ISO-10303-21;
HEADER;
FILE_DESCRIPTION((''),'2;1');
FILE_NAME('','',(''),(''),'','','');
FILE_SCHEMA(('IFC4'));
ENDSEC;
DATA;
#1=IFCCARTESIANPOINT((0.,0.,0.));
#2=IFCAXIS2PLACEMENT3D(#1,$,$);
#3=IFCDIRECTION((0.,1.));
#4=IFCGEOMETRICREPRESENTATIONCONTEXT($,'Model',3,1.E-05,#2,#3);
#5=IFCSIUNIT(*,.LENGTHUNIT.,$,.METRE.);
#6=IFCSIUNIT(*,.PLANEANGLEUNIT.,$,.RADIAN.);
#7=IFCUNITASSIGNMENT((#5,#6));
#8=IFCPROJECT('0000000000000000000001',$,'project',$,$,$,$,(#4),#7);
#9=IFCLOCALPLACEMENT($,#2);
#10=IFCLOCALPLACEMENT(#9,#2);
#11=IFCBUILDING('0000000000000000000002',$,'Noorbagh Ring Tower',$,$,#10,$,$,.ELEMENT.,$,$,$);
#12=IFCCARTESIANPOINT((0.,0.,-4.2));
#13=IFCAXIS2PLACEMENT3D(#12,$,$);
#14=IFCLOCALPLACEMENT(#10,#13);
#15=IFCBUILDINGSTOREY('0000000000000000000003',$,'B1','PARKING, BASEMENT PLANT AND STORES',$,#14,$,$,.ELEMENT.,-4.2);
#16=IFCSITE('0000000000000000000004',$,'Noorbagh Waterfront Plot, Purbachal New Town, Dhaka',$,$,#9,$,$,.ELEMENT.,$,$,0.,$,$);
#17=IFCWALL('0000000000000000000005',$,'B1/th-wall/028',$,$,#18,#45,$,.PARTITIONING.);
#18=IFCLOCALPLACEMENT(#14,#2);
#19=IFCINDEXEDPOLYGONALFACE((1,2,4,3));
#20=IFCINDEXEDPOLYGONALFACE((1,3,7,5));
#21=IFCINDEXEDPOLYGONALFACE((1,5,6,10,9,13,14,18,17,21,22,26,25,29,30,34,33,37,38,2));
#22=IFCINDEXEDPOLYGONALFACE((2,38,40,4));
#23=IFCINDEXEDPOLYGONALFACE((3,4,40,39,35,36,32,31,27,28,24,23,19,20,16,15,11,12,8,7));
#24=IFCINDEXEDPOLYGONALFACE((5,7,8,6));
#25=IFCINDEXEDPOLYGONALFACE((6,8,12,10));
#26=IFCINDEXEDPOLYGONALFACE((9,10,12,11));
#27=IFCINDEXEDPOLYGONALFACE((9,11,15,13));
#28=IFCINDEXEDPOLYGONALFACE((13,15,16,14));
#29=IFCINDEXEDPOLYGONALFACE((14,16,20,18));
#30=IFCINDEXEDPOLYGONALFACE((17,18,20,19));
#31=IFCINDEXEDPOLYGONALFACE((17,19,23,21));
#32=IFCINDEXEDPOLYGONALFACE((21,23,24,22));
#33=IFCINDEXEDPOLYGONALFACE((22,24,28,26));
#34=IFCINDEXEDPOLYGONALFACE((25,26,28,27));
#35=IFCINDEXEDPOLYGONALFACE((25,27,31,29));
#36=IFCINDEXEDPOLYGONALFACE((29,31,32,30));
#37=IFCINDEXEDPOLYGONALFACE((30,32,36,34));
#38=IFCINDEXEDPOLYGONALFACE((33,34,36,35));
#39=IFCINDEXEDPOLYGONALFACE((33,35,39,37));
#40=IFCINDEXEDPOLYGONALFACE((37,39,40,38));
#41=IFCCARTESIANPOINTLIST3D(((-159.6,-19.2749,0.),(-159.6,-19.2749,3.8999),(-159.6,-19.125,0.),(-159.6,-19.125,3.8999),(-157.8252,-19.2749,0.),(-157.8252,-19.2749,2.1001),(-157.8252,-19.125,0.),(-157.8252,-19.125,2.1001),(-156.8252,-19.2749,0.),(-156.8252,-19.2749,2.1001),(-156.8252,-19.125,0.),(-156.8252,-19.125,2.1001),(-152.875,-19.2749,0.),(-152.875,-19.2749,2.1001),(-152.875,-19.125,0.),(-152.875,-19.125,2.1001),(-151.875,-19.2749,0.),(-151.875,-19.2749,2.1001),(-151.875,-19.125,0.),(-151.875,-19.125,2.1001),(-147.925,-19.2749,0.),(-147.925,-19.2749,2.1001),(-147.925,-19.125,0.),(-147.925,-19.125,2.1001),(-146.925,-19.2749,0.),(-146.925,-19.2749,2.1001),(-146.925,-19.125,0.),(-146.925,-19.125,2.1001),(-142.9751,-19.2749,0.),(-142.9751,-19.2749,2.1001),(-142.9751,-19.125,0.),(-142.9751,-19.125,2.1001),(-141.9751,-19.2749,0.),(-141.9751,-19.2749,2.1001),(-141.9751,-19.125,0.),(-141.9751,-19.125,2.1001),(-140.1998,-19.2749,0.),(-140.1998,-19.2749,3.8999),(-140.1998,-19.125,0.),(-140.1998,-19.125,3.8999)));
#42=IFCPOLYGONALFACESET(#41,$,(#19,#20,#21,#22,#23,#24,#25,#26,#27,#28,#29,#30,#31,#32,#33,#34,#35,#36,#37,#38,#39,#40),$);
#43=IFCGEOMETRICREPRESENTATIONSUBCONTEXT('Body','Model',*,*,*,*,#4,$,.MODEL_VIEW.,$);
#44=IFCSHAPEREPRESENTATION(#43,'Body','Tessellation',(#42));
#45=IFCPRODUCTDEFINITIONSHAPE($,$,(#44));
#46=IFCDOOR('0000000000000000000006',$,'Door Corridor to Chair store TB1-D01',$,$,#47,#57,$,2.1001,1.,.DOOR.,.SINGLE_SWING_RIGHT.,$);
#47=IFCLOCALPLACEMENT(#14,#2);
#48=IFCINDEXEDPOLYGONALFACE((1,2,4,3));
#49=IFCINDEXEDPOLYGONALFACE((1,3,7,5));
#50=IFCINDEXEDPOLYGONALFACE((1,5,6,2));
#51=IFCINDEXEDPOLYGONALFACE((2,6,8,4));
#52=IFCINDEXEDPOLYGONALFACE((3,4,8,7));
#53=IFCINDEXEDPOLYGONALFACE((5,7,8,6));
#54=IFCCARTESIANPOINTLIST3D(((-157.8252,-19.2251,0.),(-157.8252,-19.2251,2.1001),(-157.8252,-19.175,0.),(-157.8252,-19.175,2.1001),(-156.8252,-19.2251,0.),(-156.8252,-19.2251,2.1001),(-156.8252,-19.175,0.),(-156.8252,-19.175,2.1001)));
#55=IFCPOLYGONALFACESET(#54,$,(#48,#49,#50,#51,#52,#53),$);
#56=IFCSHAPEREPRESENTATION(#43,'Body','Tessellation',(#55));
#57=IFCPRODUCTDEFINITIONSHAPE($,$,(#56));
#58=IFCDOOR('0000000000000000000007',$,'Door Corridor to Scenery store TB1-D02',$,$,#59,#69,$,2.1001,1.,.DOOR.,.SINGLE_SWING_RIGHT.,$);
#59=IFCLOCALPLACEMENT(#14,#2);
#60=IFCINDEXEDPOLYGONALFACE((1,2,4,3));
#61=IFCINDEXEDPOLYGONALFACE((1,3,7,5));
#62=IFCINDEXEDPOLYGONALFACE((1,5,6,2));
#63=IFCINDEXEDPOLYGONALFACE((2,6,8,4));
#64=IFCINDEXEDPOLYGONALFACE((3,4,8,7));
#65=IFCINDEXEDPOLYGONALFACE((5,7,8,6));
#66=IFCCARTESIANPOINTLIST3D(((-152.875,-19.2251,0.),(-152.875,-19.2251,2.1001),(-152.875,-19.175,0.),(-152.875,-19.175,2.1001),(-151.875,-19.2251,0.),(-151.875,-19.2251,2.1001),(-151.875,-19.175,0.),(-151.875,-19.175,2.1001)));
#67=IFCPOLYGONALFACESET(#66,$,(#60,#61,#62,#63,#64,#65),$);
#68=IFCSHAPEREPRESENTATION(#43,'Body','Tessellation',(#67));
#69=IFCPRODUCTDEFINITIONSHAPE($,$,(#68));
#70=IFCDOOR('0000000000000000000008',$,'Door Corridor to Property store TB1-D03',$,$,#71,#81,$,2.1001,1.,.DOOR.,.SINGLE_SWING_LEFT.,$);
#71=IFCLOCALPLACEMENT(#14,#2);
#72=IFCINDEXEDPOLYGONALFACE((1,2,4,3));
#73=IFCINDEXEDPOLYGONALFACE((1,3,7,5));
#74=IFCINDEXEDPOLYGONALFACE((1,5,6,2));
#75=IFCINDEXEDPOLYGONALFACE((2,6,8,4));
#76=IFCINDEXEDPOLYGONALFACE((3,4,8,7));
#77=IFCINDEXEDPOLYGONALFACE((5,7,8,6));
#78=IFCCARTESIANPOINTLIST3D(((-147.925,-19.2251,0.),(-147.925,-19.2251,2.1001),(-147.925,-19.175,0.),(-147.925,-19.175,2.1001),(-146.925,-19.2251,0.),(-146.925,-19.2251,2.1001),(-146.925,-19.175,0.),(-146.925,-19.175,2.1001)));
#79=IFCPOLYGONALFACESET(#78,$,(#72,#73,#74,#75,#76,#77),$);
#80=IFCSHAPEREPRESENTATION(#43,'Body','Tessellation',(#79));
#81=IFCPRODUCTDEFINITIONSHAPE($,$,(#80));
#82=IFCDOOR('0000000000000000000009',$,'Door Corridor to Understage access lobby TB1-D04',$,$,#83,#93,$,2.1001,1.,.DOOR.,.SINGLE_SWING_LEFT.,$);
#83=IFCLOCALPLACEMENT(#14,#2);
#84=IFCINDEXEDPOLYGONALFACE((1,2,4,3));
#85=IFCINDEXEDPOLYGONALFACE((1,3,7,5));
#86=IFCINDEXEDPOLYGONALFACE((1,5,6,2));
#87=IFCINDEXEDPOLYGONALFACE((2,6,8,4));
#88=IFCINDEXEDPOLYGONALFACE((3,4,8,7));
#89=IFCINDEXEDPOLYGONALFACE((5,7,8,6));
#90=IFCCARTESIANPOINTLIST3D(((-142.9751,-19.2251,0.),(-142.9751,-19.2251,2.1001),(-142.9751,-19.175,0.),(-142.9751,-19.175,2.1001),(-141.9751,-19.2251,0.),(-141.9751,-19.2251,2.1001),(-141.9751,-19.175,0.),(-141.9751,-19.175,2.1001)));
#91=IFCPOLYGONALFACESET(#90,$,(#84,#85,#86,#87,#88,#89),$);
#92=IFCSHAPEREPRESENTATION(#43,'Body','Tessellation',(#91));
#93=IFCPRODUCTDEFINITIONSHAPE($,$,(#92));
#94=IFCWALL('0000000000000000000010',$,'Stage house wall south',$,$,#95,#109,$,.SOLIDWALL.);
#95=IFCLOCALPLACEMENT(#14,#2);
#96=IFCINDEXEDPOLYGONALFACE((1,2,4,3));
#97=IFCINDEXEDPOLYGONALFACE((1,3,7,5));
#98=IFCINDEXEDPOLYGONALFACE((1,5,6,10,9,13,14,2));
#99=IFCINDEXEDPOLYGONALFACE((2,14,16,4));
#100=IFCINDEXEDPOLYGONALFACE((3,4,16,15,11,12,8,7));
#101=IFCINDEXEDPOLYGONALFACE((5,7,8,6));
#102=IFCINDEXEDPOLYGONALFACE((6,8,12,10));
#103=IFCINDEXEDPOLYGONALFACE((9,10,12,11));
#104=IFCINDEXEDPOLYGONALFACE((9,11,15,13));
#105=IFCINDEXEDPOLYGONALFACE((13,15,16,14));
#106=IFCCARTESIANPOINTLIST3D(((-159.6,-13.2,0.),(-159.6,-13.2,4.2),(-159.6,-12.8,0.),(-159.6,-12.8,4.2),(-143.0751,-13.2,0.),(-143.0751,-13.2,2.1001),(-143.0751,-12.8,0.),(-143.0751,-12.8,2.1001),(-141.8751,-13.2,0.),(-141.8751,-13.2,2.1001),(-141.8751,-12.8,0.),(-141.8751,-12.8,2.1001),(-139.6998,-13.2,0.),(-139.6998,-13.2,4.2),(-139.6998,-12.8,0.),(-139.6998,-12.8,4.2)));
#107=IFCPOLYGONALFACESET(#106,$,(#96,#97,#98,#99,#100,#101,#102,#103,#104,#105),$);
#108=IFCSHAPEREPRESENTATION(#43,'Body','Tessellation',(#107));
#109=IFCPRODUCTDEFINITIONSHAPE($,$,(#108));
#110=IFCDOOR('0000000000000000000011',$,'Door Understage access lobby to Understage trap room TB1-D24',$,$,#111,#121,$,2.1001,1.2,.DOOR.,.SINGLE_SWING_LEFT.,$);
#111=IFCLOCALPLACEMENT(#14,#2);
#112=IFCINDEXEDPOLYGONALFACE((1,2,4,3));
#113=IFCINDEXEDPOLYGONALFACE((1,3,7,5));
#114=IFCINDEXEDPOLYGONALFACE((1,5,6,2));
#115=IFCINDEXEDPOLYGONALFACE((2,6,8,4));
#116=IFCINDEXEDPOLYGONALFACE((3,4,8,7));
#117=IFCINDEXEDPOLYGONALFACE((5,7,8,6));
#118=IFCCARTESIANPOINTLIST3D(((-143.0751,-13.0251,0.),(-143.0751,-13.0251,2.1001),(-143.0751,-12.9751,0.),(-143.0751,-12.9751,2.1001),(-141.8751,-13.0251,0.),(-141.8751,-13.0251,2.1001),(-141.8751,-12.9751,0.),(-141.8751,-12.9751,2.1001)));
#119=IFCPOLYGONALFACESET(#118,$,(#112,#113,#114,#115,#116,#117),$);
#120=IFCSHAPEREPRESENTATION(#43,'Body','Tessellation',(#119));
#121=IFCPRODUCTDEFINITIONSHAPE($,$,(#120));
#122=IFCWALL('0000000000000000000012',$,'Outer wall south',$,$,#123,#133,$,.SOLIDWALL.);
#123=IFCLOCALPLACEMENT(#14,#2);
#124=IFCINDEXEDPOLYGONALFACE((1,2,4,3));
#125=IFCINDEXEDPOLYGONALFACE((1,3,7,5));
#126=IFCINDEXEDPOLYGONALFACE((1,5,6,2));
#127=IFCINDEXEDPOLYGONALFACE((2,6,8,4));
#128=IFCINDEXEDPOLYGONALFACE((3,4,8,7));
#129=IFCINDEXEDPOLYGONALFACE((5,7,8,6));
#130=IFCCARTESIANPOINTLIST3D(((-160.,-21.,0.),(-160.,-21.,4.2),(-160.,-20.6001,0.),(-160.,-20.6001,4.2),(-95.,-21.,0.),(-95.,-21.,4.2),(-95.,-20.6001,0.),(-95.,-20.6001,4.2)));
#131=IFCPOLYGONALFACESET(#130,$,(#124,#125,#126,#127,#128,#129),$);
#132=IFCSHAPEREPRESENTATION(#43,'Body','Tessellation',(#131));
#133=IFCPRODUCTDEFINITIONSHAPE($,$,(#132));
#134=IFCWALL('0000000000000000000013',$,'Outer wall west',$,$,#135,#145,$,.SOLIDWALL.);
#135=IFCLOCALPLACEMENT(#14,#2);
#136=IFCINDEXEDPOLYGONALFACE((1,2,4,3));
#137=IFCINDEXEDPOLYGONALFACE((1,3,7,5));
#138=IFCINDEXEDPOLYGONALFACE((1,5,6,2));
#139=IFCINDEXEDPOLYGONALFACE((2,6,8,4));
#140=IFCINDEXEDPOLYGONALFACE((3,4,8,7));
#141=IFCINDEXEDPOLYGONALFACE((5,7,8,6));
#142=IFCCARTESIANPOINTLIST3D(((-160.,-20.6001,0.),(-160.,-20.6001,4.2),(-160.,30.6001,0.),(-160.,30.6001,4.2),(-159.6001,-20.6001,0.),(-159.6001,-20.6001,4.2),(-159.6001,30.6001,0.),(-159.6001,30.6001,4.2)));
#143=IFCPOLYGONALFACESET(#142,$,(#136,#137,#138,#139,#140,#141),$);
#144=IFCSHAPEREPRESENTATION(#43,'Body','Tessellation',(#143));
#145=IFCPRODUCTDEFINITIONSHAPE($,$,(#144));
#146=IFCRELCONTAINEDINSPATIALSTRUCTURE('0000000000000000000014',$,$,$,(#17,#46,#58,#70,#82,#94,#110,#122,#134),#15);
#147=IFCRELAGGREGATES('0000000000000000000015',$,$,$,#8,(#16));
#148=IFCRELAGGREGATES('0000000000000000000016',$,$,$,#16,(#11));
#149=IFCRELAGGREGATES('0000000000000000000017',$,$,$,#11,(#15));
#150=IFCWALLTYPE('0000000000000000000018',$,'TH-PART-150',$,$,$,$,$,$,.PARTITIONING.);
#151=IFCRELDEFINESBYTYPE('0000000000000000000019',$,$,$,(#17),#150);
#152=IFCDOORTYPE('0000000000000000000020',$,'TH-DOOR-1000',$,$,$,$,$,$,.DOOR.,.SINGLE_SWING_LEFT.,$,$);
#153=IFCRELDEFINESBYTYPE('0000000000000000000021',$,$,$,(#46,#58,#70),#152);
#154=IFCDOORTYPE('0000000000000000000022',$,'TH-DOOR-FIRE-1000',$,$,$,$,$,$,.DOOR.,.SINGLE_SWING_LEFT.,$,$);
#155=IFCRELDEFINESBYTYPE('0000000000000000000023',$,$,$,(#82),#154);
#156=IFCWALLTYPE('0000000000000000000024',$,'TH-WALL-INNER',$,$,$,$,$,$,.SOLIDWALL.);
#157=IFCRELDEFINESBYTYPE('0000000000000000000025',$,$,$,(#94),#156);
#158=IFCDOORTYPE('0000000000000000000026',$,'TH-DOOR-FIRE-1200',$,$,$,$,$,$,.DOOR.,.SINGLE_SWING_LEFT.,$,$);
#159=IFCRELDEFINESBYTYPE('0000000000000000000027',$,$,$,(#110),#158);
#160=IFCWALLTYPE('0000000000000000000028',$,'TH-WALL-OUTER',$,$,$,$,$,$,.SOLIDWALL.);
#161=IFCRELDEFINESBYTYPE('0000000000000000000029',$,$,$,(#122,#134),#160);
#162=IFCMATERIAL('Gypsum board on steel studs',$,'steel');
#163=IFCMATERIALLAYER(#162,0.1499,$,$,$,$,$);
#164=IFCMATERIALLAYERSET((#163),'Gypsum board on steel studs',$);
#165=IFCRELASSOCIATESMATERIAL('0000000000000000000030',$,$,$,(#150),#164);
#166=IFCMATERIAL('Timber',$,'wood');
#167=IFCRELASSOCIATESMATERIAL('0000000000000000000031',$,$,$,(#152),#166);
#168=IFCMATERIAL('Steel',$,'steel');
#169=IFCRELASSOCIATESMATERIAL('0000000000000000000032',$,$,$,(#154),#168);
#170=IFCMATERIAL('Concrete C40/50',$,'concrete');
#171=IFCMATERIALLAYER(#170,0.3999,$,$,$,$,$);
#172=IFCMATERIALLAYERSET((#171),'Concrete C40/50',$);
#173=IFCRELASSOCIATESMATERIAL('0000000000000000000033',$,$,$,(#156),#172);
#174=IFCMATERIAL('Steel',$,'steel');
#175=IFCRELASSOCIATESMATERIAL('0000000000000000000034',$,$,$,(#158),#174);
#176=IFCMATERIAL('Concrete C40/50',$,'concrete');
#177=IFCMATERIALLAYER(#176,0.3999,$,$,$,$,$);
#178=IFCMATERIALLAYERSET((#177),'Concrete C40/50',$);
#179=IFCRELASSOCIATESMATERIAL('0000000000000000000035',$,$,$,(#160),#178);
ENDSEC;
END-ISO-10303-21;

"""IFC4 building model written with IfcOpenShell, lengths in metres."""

from ifc_helpers import new_model, si_unit, direction, frame, frame_2d, origin, place, context, subcontext, project, spatial, rectangle, extrude, material, layer, layer_set, type_object, element, fill, save


model = new_model("IFC4")

# Units and contexts
model_context = context("Model", 3, precision=1e-05, world=origin(), true_north=direction((0.0, 1.0)))
body_context = subcontext(model_context, "Body", "Model", "MODEL_VIEW")
ifc_project = project(units=[si_unit("LENGTHUNIT", "METRE"), si_unit("PLANEANGLEUNIT", "RADIAN")], contexts=[model_context])

# Site, building, storey
site_placement = place(None, origin())
site = spatial("IfcSite", under=ifc_project, at=site_placement, Name="Noorbagh Waterfront Plot, Purbachal New Town, Dhaka", CompositionType="ELEMENT", RefElevation=0.0)
building_placement = place(site_placement, origin())
building = spatial("IfcBuilding", under=site, at=building_placement, Name="Noorbagh Ring Tower", CompositionType="ELEMENT")
storey_placement = place(building_placement, frame((0.0, 0.0, -4.2)))
storey = spatial("IfcBuildingStorey", under=building, at=storey_placement, Name="B1", Description="PARKING, BASEMENT PLANT AND STORES", CompositionType="ELEMENT", Elevation=-4.2)

# Wall, openings, doors
ifc_material_1 = material(Name="Gypsum board on steel studs", Category="steel")
ifc_layer_1 = layer(ifc_material_1, 0.1499)
ifc_layer_set_1 = layer_set([ifc_layer_1], Name="Gypsum board on steel studs")
wall_type_1 = type_object("IfcWallType", Name="TH-PART-150", PredefinedType="PARTITIONING", material=ifc_layer_set_1)
wall_1_placement = place(storey_placement, frame((-159.6001, -19.2, 0.0), z_axis=(0.0, 0.0, 1.0), x_axis=(1.0, 0.0, 0.0)))
wall_1 = element("IfcWall", 1, at=wall_1_placement, inside=storey, type_object=wall_type_1, Name="B1/th-wall/028", PredefinedType="PARTITIONING", context=body_context, shape_type="SweptSolid", body=[
    extrude(rectangle(XDim=19.4001, YDim=0.1499, at=frame_2d((9.7002, 0.0))), origin(), (0.0, 0.0, 1.0), 3.8999),
])
opening_1_placement = place(wall_1_placement, frame((1.7749, 0.0, 0.0)))
opening_1 = element("IfcOpeningElement", 2, at=opening_1_placement, cuts=wall_1, PredefinedType="OPENING", context=body_context, shape_type="SweptSolid", body=[
    extrude(rectangle(XDim=1.0, YDim=2.1001, at=frame_2d((0.5, 1.05))), frame((0.0, 0.085, 0.0), z_axis=(0.0, -1.0, 0.0), x_axis=(1.0, 0.0, 0.0)), (0.0, 0.0, 1.0), 0.1699),
])
opening_2_placement = place(wall_1_placement, frame((6.7251, 0.0, 0.0)))
opening_2 = element("IfcOpeningElement", 3, at=opening_2_placement, cuts=wall_1, PredefinedType="OPENING", context=body_context, shape_type="SweptSolid", body=[
    extrude(rectangle(XDim=1.0, YDim=2.1001, at=frame_2d((0.5, 1.05))), frame((0.0, 0.085, 0.0), z_axis=(0.0, -1.0, 0.0), x_axis=(1.0, 0.0, 0.0)), (0.0, 0.0, 1.0), 0.1699),
])
opening_3_placement = place(wall_1_placement, frame((11.675, 0.0, 0.0)))
opening_3 = element("IfcOpeningElement", 4, at=opening_3_placement, cuts=wall_1, PredefinedType="OPENING", context=body_context, shape_type="SweptSolid", body=[
    extrude(rectangle(XDim=1.0, YDim=2.1001, at=frame_2d((0.5, 1.05))), frame((0.0, 0.085, 0.0), z_axis=(0.0, -1.0, 0.0), x_axis=(1.0, 0.0, 0.0)), (0.0, 0.0, 1.0), 0.1699),
])
opening_4_placement = place(wall_1_placement, frame((16.625, 0.0, 0.0)))
opening_4 = element("IfcOpeningElement", 5, at=opening_4_placement, cuts=wall_1, PredefinedType="OPENING", context=body_context, shape_type="SweptSolid", body=[
    extrude(rectangle(XDim=1.0, YDim=2.1001, at=frame_2d((0.5, 1.05))), frame((0.0, 0.085, 0.0), z_axis=(0.0, -1.0, 0.0), x_axis=(1.0, 0.0, 0.0)), (0.0, 0.0, 1.0), 0.1699),
])
ifc_material_2 = material(Name="Timber", Category="wood")
door_type_1 = type_object("IfcDoorType", Name="TH-DOOR-1000", OperationType="SINGLE_SWING_LEFT", PredefinedType="DOOR", material=ifc_material_2)
door_1_placement = place(opening_1_placement, origin())
door_1 = element("IfcDoor", 6, at=door_1_placement, inside=storey, type_object=door_type_1, Name="Door Corridor to Chair store TB1-D01", OperationType="SINGLE_SWING_RIGHT", OverallHeight=2.1001, OverallWidth=1.0, PredefinedType="DOOR", context=body_context, shape_type="SweptSolid", body=[
    extrude(rectangle(XDim=1.0, YDim=2.1001, at=frame_2d((0.5, 1.05))), frame((0.0, 0.0249, 0.0), z_axis=(0.0, -1.0, 0.0), x_axis=(1.0, 0.0, 0.0)), (0.0, 0.0, 1.0), 0.05),
])
fill(opening_1, door_1)
door_2_placement = place(opening_2_placement, origin())
door_2 = element("IfcDoor", 7, at=door_2_placement, inside=storey, type_object=door_type_1, Name="Door Corridor to Scenery store TB1-D02", OperationType="SINGLE_SWING_RIGHT", OverallHeight=2.1001, OverallWidth=1.0, PredefinedType="DOOR", context=body_context, shape_type="SweptSolid", body=[
    extrude(rectangle(XDim=1.0, YDim=2.1001, at=frame_2d((0.5, 1.05))), frame((0.0, 0.0249, 0.0), z_axis=(0.0, -1.0, 0.0), x_axis=(1.0, 0.0, 0.0)), (0.0, 0.0, 1.0), 0.05),
])
fill(opening_2, door_2)
door_3_placement = place(opening_3_placement, origin())
door_3 = element("IfcDoor", 8, at=door_3_placement, inside=storey, type_object=door_type_1, Name="Door Corridor to Property store TB1-D03", OperationType="SINGLE_SWING_LEFT", OverallHeight=2.1001, OverallWidth=1.0, PredefinedType="DOOR", context=body_context, shape_type="SweptSolid", body=[
    extrude(rectangle(XDim=1.0, YDim=2.1001, at=frame_2d((0.5, 1.05))), frame((0.0, 0.0249, 0.0), z_axis=(0.0, -1.0, 0.0), x_axis=(1.0, 0.0, 0.0)), (0.0, 0.0, 1.0), 0.05),
])
fill(opening_3, door_3)
ifc_material_3 = material(Name="Steel", Category="steel")
door_type_2 = type_object("IfcDoorType", Name="TH-DOOR-FIRE-1000", OperationType="SINGLE_SWING_LEFT", PredefinedType="DOOR", material=ifc_material_3)
door_4_placement = place(opening_4_placement, origin())
door_4 = element("IfcDoor", 9, at=door_4_placement, inside=storey, type_object=door_type_2, Name="Door Corridor to Understage access lobby TB1-D04", OperationType="SINGLE_SWING_LEFT", OverallHeight=2.1001, OverallWidth=1.0, PredefinedType="DOOR", context=body_context, shape_type="SweptSolid", body=[
    extrude(rectangle(XDim=1.0, YDim=2.1001, at=frame_2d((0.5, 1.05))), frame((0.0, 0.0249, 0.0), z_axis=(0.0, -1.0, 0.0), x_axis=(1.0, 0.0, 0.0)), (0.0, 0.0, 1.0), 0.05),
])
fill(opening_4, door_4)

# Wall, opening, door
ifc_material_4 = material(Name="Concrete C40/50", Category="concrete")
ifc_layer_2 = layer(ifc_material_4, 0.3999)
ifc_layer_set_2 = layer_set([ifc_layer_2], Name="Concrete C40/50")
wall_type_2 = type_object("IfcWallType", Name="TH-WALL-INNER", PredefinedType="SOLIDWALL", material=ifc_layer_set_2)
wall_2_placement = place(storey_placement, frame((-159.6001, -13.0, 0.0), z_axis=(0.0, 0.0, 1.0), x_axis=(1.0, 0.0, 0.0)))
wall_2 = element("IfcWall", 10, at=wall_2_placement, inside=storey, type_object=wall_type_2, Name="Stage house wall south", PredefinedType="SOLIDWALL", context=body_context, shape_type="SweptSolid", body=[
    extrude(rectangle(XDim=19.9001, YDim=0.3999, at=frame_2d((9.9502, 0.0))), origin(), (0.0, 0.0, 1.0), 4.2),
])
opening_5_placement = place(wall_2_placement, frame((16.5249, 0.0, 0.0)))
opening_5 = element("IfcOpeningElement", 11, at=opening_5_placement, cuts=wall_2, PredefinedType="OPENING", context=body_context, shape_type="SweptSolid", body=[
    extrude(rectangle(XDim=1.2, YDim=2.1001, at=frame_2d((0.6001, 1.05))), frame((0.0, 0.21, 0.0), z_axis=(0.0, -1.0, 0.0), x_axis=(1.0, 0.0, 0.0)), (0.0, 0.0, 1.0), 0.4199),
])
ifc_material_5 = material(Name="Steel", Category="steel")
door_type_3 = type_object("IfcDoorType", Name="TH-DOOR-FIRE-1200", OperationType="SINGLE_SWING_LEFT", PredefinedType="DOOR", material=ifc_material_5)
door_5_placement = place(opening_5_placement, origin())
door_5 = element("IfcDoor", 12, at=door_5_placement, inside=storey, type_object=door_type_3, Name="Door Understage access lobby to Understage trap room TB1-D24", OperationType="SINGLE_SWING_LEFT", OverallHeight=2.1001, OverallWidth=1.2, PredefinedType="DOOR", context=body_context, shape_type="SweptSolid", body=[
    extrude(rectangle(XDim=1.2, YDim=2.1001, at=frame_2d((0.6001, 1.05))), frame((0.0, 0.0249, 0.0), z_axis=(0.0, -1.0, 0.0), x_axis=(1.0, 0.0, 0.0)), (0.0, 0.0, 1.0), 0.05),
])
fill(opening_5, door_5)

# Walls
ifc_material_6 = material(Name="Concrete C40/50", Category="concrete")
ifc_layer_3 = layer(ifc_material_6, 0.3999)
ifc_layer_set_3 = layer_set([ifc_layer_3], Name="Concrete C40/50")
wall_type_3 = type_object("IfcWallType", Name="TH-WALL-OUTER", PredefinedType="SOLIDWALL", material=ifc_layer_set_3)
wall_3_placement = place(storey_placement, frame((-160.0, -20.8, 0.0), z_axis=(0.0, 0.0, 1.0), x_axis=(1.0, 0.0, 0.0)))
element("IfcWall", 13, at=wall_3_placement, inside=storey, type_object=wall_type_3, Name="Outer wall south", PredefinedType="SOLIDWALL", context=body_context, shape_type="SweptSolid", body=[
    extrude(rectangle(XDim=65.0, YDim=0.3999, at=frame_2d((32.5, 0.0))), origin(), (0.0, 0.0, 1.0), 4.2),
])
wall_4_placement = place(storey_placement, frame((-159.8, -20.6001, 0.0), z_axis=(0.0, 0.0, 1.0), x_axis=(0.0, 1.0, 0.0)))
element("IfcWall", 14, at=wall_4_placement, inside=storey, type_object=wall_type_3, Name="Outer wall west", PredefinedType="SOLIDWALL", context=body_context, shape_type="SweptSolid", body=[
    extrude(rectangle(XDim=51.2002, YDim=0.3999, at=frame_2d((25.6001, 0.0))), origin(), (0.0, 0.0, 1.0), 4.2),
])

save(model, "model.ifc")
